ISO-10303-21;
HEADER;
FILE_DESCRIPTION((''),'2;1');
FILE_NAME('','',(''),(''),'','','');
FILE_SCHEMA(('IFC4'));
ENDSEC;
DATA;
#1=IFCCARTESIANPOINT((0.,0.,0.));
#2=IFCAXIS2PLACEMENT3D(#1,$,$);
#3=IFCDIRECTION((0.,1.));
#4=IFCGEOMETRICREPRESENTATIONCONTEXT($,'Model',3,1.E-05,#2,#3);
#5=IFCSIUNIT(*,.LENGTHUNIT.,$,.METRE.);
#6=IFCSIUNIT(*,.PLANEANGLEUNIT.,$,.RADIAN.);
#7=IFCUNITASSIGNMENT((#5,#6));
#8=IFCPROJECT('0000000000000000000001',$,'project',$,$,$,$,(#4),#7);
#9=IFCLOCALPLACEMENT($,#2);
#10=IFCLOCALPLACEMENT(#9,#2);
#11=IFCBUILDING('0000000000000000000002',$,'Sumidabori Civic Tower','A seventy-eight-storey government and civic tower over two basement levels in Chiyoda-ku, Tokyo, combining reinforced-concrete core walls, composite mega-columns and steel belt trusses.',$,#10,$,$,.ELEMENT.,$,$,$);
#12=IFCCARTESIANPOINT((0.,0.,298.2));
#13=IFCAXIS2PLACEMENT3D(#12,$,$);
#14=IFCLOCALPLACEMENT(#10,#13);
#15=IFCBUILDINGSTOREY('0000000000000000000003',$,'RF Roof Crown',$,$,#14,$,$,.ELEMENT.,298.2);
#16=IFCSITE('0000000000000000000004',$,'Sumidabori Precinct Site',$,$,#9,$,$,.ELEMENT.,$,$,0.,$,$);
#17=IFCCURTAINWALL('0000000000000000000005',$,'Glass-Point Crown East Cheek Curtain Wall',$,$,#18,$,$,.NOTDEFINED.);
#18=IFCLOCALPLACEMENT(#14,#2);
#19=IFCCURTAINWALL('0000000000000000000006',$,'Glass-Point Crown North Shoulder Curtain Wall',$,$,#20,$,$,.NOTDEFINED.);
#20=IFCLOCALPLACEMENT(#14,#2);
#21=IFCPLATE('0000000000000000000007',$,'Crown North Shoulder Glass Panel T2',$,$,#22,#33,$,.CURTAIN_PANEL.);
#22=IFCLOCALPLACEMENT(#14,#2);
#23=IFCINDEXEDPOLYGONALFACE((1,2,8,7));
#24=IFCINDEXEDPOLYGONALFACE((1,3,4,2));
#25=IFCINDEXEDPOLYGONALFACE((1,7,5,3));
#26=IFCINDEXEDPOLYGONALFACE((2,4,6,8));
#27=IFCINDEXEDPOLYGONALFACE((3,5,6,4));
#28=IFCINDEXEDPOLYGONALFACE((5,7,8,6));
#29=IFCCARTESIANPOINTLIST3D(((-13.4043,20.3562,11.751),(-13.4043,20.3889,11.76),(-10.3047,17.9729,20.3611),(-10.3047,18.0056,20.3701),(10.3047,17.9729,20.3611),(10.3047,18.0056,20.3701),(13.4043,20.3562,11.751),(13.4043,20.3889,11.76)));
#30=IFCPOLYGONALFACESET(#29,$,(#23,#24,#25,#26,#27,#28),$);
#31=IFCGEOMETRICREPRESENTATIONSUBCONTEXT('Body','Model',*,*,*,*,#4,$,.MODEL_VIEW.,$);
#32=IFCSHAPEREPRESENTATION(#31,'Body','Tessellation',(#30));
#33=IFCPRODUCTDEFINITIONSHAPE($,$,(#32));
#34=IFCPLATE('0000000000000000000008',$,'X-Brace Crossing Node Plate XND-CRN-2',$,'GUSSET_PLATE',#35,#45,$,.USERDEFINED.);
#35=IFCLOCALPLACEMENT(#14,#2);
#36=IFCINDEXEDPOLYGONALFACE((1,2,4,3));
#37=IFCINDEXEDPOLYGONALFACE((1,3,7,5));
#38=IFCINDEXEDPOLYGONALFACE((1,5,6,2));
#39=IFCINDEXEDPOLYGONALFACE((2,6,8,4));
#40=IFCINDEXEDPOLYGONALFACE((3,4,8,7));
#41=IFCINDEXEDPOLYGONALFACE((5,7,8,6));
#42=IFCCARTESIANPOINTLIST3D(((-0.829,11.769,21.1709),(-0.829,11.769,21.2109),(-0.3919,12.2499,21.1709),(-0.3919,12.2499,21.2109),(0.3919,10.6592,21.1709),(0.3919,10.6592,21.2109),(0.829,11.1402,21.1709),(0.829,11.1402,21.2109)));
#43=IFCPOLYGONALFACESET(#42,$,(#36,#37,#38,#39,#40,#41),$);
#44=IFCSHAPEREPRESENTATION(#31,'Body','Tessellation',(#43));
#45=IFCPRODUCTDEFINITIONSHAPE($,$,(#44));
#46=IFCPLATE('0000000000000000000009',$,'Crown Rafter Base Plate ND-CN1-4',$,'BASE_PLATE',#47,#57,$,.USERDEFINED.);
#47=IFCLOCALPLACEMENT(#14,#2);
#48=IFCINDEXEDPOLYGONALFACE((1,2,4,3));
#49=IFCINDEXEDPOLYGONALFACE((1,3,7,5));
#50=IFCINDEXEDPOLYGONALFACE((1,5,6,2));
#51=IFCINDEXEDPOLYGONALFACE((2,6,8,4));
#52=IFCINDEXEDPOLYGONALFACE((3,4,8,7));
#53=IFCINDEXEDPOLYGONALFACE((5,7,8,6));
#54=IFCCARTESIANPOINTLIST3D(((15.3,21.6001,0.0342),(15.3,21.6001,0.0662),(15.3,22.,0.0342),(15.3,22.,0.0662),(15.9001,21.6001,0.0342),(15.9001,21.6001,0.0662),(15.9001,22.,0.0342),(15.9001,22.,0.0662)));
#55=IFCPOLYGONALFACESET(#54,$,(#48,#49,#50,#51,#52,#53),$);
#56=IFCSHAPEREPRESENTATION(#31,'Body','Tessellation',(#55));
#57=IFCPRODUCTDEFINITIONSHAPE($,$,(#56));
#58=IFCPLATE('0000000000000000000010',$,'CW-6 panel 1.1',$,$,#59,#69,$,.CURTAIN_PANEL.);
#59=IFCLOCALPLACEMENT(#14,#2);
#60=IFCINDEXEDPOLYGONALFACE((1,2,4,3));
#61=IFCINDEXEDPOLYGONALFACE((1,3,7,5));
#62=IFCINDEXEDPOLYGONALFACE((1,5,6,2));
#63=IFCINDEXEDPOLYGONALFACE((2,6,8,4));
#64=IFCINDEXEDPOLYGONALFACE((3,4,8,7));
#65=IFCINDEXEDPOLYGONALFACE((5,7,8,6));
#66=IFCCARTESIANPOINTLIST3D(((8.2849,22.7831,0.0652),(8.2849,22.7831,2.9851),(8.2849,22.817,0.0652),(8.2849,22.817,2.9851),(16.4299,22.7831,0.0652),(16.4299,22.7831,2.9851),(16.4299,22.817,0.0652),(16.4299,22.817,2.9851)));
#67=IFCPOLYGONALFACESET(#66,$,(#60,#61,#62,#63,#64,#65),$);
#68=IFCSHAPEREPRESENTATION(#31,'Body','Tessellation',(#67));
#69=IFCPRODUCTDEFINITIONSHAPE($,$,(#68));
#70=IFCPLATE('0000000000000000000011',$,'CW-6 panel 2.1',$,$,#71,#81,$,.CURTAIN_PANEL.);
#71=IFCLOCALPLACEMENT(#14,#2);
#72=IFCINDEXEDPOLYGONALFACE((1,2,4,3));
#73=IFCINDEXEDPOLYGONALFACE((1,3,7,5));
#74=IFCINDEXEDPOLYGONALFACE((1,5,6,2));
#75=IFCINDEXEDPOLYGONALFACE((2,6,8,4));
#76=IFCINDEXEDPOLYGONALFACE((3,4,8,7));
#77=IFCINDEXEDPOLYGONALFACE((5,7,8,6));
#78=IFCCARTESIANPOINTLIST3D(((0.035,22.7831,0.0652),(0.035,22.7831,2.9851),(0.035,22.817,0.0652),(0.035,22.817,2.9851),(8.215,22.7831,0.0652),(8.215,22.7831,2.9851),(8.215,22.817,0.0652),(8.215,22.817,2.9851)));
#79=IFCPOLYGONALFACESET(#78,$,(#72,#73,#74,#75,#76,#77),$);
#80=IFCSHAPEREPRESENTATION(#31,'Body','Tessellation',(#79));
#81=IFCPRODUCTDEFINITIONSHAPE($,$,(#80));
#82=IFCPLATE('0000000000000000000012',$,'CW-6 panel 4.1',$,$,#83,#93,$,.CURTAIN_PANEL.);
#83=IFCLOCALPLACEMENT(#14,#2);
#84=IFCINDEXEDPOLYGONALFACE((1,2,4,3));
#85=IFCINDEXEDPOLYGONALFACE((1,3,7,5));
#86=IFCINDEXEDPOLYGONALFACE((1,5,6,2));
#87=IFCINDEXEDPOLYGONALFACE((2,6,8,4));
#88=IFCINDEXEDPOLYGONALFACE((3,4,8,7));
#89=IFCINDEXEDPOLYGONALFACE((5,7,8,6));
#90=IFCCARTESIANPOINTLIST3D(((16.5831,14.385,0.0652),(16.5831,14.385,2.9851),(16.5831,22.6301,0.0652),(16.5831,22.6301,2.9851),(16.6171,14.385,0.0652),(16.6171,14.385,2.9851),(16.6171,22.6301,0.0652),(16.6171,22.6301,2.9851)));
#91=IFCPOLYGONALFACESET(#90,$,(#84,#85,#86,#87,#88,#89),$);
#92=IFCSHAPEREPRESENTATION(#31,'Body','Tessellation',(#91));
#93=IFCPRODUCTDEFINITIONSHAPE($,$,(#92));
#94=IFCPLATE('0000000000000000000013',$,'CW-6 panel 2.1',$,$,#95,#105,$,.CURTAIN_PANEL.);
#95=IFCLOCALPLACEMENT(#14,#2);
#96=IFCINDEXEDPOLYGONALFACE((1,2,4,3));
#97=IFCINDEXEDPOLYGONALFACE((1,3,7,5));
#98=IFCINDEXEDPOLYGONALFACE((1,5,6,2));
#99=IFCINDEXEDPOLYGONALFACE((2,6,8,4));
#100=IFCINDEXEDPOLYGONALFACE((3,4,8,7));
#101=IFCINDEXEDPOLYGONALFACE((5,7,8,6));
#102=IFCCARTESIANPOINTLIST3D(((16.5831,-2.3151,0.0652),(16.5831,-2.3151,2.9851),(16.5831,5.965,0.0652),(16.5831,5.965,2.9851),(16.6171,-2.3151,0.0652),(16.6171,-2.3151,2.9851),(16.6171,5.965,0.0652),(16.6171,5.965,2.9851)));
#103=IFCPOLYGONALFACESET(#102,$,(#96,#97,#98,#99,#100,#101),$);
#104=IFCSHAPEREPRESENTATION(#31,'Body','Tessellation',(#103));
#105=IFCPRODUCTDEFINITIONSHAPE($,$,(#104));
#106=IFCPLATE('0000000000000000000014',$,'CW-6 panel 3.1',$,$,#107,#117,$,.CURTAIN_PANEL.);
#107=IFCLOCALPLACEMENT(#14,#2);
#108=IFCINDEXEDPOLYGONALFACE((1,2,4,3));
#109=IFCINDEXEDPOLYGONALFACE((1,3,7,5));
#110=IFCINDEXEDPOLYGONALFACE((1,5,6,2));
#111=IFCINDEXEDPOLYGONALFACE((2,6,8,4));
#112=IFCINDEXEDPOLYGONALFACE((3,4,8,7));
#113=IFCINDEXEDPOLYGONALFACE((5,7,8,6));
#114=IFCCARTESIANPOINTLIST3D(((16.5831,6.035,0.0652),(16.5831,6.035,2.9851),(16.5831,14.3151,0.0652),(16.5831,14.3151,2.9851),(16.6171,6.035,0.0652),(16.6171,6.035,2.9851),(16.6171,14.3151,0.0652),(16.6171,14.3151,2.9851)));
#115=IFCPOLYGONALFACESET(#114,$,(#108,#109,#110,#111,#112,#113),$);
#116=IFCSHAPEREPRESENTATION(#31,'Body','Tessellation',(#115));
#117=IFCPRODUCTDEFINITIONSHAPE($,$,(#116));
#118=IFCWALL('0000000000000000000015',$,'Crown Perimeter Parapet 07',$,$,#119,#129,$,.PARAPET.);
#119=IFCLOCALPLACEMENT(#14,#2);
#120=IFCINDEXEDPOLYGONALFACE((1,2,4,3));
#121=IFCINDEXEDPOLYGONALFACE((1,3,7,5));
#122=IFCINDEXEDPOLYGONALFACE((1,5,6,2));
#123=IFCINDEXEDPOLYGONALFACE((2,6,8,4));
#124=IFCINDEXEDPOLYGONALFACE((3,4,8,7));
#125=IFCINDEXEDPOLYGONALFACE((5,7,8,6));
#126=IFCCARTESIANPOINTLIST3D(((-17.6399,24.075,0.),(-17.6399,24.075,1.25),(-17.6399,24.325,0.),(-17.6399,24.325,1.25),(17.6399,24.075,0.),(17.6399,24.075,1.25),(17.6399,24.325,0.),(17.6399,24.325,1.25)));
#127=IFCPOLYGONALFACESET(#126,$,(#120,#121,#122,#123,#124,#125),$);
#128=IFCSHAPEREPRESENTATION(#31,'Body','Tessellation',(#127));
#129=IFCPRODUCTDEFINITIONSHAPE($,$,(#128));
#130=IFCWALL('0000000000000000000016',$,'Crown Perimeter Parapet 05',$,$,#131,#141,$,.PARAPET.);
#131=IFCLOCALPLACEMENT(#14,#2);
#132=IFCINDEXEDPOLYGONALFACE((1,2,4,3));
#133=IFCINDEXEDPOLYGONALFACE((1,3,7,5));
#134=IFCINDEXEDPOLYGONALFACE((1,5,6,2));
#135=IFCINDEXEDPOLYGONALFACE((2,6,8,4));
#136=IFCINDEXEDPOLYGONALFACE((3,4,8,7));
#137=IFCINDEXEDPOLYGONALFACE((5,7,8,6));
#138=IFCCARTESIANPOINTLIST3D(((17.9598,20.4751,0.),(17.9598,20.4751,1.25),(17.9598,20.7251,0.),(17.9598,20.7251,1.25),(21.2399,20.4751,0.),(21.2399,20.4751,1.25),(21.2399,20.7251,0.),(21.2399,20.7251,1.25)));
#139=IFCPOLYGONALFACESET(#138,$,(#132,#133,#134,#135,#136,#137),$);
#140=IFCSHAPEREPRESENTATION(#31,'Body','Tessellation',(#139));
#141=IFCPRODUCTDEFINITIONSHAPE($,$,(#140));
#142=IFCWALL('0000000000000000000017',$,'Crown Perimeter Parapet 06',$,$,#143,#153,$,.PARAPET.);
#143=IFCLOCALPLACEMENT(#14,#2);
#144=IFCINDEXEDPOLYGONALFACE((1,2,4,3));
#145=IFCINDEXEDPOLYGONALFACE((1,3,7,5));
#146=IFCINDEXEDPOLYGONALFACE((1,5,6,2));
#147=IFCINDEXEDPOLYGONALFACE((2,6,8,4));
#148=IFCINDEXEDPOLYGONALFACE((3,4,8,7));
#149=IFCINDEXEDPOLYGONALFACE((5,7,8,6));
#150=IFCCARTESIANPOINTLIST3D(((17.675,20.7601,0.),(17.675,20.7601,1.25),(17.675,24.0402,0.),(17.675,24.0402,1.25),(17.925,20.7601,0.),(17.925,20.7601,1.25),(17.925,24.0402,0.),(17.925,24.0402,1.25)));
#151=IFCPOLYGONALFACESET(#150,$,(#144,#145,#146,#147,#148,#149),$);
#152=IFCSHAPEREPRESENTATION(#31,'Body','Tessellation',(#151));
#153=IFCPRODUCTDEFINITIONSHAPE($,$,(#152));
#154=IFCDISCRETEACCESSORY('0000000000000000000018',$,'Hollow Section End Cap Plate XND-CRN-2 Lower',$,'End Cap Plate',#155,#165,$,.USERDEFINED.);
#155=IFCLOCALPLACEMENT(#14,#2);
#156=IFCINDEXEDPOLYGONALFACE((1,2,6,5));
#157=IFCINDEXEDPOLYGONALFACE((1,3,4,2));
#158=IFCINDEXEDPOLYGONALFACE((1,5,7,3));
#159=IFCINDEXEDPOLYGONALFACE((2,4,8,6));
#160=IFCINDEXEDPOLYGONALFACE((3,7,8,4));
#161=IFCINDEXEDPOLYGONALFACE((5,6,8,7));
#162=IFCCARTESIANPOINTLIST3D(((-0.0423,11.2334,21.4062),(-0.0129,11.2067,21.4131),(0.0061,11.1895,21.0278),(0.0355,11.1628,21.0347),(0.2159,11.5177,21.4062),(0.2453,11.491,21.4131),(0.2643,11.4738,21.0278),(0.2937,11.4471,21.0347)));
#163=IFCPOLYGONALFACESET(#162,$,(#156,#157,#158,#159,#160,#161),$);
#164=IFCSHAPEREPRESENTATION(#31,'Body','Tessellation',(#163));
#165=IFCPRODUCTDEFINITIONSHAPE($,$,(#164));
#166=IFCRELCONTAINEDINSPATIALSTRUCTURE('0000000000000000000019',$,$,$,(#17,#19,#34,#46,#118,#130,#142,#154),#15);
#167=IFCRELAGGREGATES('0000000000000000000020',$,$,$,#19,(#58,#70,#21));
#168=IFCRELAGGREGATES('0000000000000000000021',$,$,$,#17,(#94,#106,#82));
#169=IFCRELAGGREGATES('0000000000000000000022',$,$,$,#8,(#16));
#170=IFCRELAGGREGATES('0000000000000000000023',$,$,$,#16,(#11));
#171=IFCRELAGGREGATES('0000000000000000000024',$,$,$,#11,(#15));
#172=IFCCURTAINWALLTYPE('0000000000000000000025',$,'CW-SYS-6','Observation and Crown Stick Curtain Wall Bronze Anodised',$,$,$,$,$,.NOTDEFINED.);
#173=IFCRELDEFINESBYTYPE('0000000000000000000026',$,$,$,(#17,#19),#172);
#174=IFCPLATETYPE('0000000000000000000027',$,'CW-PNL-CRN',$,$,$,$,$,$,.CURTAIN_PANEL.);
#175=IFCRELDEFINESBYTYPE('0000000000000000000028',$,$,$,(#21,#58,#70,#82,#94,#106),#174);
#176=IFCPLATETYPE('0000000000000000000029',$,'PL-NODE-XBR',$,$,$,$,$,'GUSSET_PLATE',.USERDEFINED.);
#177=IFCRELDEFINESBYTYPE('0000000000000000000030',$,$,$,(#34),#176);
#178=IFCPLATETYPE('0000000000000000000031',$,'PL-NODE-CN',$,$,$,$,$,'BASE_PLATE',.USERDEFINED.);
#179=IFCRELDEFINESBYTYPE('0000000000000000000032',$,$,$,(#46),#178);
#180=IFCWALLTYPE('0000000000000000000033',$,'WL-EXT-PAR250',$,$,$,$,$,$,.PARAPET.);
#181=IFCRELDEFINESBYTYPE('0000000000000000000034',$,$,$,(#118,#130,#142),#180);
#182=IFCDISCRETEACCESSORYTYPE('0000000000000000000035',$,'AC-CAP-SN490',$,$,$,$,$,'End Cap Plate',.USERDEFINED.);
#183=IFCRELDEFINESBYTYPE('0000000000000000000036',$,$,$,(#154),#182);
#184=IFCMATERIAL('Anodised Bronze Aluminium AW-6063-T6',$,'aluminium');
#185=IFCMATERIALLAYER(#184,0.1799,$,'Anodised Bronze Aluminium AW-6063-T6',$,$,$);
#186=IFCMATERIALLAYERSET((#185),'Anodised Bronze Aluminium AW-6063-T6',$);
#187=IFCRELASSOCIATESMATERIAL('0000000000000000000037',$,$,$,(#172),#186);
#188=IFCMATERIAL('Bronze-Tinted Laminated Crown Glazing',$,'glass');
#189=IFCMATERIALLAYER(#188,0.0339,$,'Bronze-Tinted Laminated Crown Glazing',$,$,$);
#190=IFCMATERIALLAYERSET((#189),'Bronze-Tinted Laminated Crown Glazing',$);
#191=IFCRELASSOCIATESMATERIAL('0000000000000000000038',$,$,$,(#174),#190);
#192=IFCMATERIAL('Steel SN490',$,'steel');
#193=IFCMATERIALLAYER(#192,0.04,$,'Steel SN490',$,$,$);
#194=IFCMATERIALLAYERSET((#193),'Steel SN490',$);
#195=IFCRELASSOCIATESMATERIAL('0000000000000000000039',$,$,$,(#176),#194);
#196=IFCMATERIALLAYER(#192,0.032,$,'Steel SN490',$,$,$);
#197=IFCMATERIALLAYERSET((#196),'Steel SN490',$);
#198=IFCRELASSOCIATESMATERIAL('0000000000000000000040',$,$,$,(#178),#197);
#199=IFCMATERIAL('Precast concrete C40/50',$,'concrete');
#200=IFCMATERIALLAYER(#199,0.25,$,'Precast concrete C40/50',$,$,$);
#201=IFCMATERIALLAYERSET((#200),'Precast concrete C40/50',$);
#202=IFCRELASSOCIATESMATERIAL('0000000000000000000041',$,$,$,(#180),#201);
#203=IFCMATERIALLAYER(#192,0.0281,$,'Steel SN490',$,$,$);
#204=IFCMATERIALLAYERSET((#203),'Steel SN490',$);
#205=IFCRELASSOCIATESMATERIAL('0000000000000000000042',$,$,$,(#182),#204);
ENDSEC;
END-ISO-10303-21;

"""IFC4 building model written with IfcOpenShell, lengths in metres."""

from ifc_helpers import new_model, si_unit, direction, frame, frame_2d, origin, origin_2d, place, context, subcontext, project, spatial, polyline, rectangle, outline, extrude, source, transform, mapped, material, layer, layer_set, type_object, element, aggregate, save


model = new_model("IFC4")

# Units and contexts
model_context = context("Model", 3, precision=1e-05, world=origin(), true_north=direction((0.0, 1.0)))
body_context = subcontext(model_context, "Body", "Model", "MODEL_VIEW")
ifc_project = project(units=[si_unit("LENGTHUNIT", "METRE"), si_unit("PLANEANGLEUNIT", "RADIAN")], contexts=[model_context])

# Site, building, storey
site_placement = place(None, origin())
site = spatial("IfcSite", under=ifc_project, at=site_placement, Name="Sumidabori Precinct Site", CompositionType="ELEMENT", RefElevation=0.0)
building_placement = place(site_placement, origin())
building = spatial("IfcBuilding", under=site, at=building_placement, Name="Sumidabori Civic Tower", Description="A seventy-eight-storey government and civic tower over two basement levels in Chiyoda-ku, Tokyo, combining reinforced-concrete core walls, composite mega-columns and steel belt trusses.", CompositionType="ELEMENT")
storey_placement = place(building_placement, frame((0.0, 0.0, 298.2)))
storey = spatial("IfcBuildingStorey", under=building, at=storey_placement, Name="RF Roof Crown", CompositionType="ELEMENT", Elevation=298.2)

# Shared definitions
ifc_material_1 = material(Name="Steel SN490", Category="steel")

# Curtain walls
ifc_material_2 = material(Name="Anodised Bronze Aluminium AW-6063-T6", Category="aluminium")
ifc_layer_1 = layer(ifc_material_2, 0.1799, Name="Anodised Bronze Aluminium AW-6063-T6")
ifc_layer_set_1 = layer_set([ifc_layer_1], Name="Anodised Bronze Aluminium AW-6063-T6")
curtain_wall_type = type_object("IfcCurtainWallType", Name="CW-SYS-6", Description="Observation and Crown Stick Curtain Wall Bronze Anodised", PredefinedType="NOTDEFINED", material=ifc_layer_set_1)
curtain_wall_1_placement = place(storey_placement, origin())
curtain_wall_1 = element("IfcCurtainWall", 1, at=curtain_wall_1_placement, inside=storey, type_object=curtain_wall_type, Name="Glass-Point Crown East Cheek Curtain Wall", PredefinedType="NOTDEFINED")
curtain_wall_2_placement = place(storey_placement, origin())
curtain_wall_2 = element("IfcCurtainWall", 2, at=curtain_wall_2_placement, inside=storey, type_object=curtain_wall_type, Name="Glass-Point Crown North Shoulder Curtain Wall", PredefinedType="NOTDEFINED")

# Plate
ifc_material_3 = material(Name="Bronze-Tinted Laminated Crown Glazing", Category="glass")
ifc_layer_2 = layer(ifc_material_3, 0.0339, Name="Bronze-Tinted Laminated Crown Glazing")
ifc_layer_set_2 = layer_set([ifc_layer_2], Name="Bronze-Tinted Laminated Crown Glazing")
plate_type_1 = type_object("IfcPlateType", Name="CW-PNL-CRN", PredefinedType="CURTAIN_PANEL", material=ifc_layer_set_2)
plate_1_placement = place(storey_placement, frame((13.4043, 20.3889, 11.76), z_axis=(0.0, 0.96376, 0.266771), x_axis=(-1.0, 0.0, 0.0)))
plate_1 = element("IfcPlate", 3, at=plate_1_placement, type_object=plate_type_1, Name="Crown North Shoulder Glass Panel T2", PredefinedType="CURTAIN_PANEL", context=body_context, shape_type="SweptSolid", body=[
    extrude(outline(polyline([(0.0, 0.0), (26.8086, 0.0), (23.709, 8.9339), (3.0996, 8.9339), (0.0, 0.0)])), origin(), (0.0, 0.0, -1.0), 0.0339),
])

# Plates
ifc_layer_3 = layer(ifc_material_1, 0.04, Name="Steel SN490")
ifc_layer_set_3 = layer_set([ifc_layer_3], Name="Steel SN490")
plate_type_2 = type_object("IfcPlateType", Name="PL-NODE-XBR", ElementType="GUSSET_PLATE", PredefinedType="USERDEFINED", material=ifc_layer_set_3)
shared_shape_1 = source(origin(), body_context, "Body", "SweptSolid", [
    extrude(rectangle(XDim=1.6499, YDim=0.6499, at=origin_2d()), origin(), (0.0, 0.0, 1.0), 0.04),
])
plate_2_placement = place(storey_placement, frame((0.0, 11.4546, 21.1709), z_axis=(0.0, 0.0, 1.0), x_axis=(-0.739983, 0.672625, 0.0)))
element("IfcPlate", 4, at=plate_2_placement, inside=storey, type_object=plate_type_2, Name="X-Brace Crossing Node Plate XND-CRN-2", ObjectType="GUSSET_PLATE", PredefinedType="USERDEFINED", context=body_context, shape_type="MappedRepresentation", body=[
    mapped(shared_shape_1, transform((0.0, 0.0, 0.0), x_axis=(1.0, 0.0, 0.0), y_axis=(0.0, 1.0, 0.0), z_axis=(0.0, 0.0, 1.0), scale=1.0)),
])
ifc_layer_4 = layer(ifc_material_1, 0.032, Name="Steel SN490")
ifc_layer_set_4 = layer_set([ifc_layer_4], Name="Steel SN490")
plate_type_3 = type_object("IfcPlateType", Name="PL-NODE-CN", ElementType="BASE_PLATE", PredefinedType="USERDEFINED", material=ifc_layer_set_4)
shared_shape_2 = source(origin(), body_context, "Body", "SweptSolid", [
    extrude(rectangle(XDim=0.6001, YDim=0.3999, at=origin_2d()), origin(), (0.0, 0.0, 1.0), 0.032),
])
plate_3_placement = place(storey_placement, frame((15.6001, 21.8, 0.0342), z_axis=(0.0, 0.0, 1.0), x_axis=(1.0, 0.0, 0.0)))
element("IfcPlate", 5, at=plate_3_placement, inside=storey, type_object=plate_type_3, Name="Crown Rafter Base Plate ND-CN1-4", ObjectType="BASE_PLATE", PredefinedType="USERDEFINED", context=body_context, shape_type="MappedRepresentation", body=[
    mapped(shared_shape_2, transform((0.0, 0.0, 0.0), x_axis=(1.0, 0.0, 0.0), y_axis=(0.0, 1.0, 0.0), z_axis=(0.0, 0.0, 1.0), scale=1.0)),
])

# Plates
shared_shape_3 = source(origin(), body_context, "Body", "SweptSolid", [
    extrude(rectangle(XDim=8.145, YDim=0.0339, at=origin_2d()), origin(), (0.0, 0.0, 1.0), 2.9199),
])
plate_4_placement = place(storey_placement, frame((12.3574, 22.8, 0.0652), z_axis=(0.0, 0.0, 1.0), x_axis=(-1.0, 0.0, 0.0)))
plate_4 = element("IfcPlate", 6, at=plate_4_placement, type_object=plate_type_1, Name="CW-6 panel 1.1", PredefinedType="CURTAIN_PANEL", context=body_context, shape_type="MappedRepresentation", body=[
    mapped(shared_shape_3, transform((0.0, 0.0, 0.0), x_axis=(1.0, 0.0, 0.0), y_axis=(0.0, 1.0, 0.0), z_axis=(0.0, 0.0, 1.0), scale=1.0)),
])
shared_shape_4 = source(origin(), body_context, "Body", "SweptSolid", [
    extrude(rectangle(XDim=8.1799, YDim=0.0339, at=origin_2d()), origin(), (0.0, 0.0, 1.0), 2.9199),
])
plate_5_placement = place(storey_placement, frame((4.125, 22.8, 0.0652), z_axis=(0.0, 0.0, 1.0), x_axis=(-1.0, 0.0, 0.0)))
plate_5 = element("IfcPlate", 7, at=plate_5_placement, type_object=plate_type_1, Name="CW-6 panel 2.1", PredefinedType="CURTAIN_PANEL", context=body_context, shape_type="MappedRepresentation", body=[
    mapped(shared_shape_4, transform((0.0, 0.0, 0.0), x_axis=(1.0, 0.0, 0.0), y_axis=(0.0, 1.0, 0.0), z_axis=(0.0, 0.0, 1.0), scale=1.0)),
])
aggregate(curtain_wall_2, [plate_4, plate_5, plate_1])
shared_shape_5 = source(origin(), body_context, "Body", "SweptSolid", [
    extrude(rectangle(XDim=8.2451, YDim=0.0339, at=origin_2d()), origin(), (0.0, 0.0, 1.0), 2.9199),
])
plate_6_placement = place(storey_placement, frame((16.6001, 18.5076, 0.0652), z_axis=(0.0, 0.0, 1.0), x_axis=(0.0, 1.0, 0.0)))
plate_6 = element("IfcPlate", 8, at=plate_6_placement, type_object=plate_type_1, Name="CW-6 panel 4.1", PredefinedType="CURTAIN_PANEL", context=body_context, shape_type="MappedRepresentation", body=[
    mapped(shared_shape_5, transform((0.0, 0.0, 0.0), x_axis=(1.0, 0.0, 0.0), y_axis=(0.0, 1.0, 0.0), z_axis=(0.0, 0.0, 1.0), scale=1.0)),
])
shared_shape_6 = source(origin(), body_context, "Body", "SweptSolid", [
    extrude(rectangle(XDim=8.28, YDim=0.0339, at=origin_2d()), origin(), (0.0, 0.0, 1.0), 2.9199),
])
plate_7_placement = place(storey_placement, frame((16.6001, 1.825, 0.0652), z_axis=(0.0, 0.0, 1.0), x_axis=(0.0, 1.0, 0.0)))
plate_7 = element("IfcPlate", 9, at=plate_7_placement, type_object=plate_type_1, Name="CW-6 panel 2.1", PredefinedType="CURTAIN_PANEL", context=body_context, shape_type="MappedRepresentation", body=[
    mapped(shared_shape_6, transform((0.0, 0.0, 0.0), x_axis=(1.0, 0.0, 0.0), y_axis=(0.0, 1.0, 0.0), z_axis=(0.0, 0.0, 1.0), scale=1.0)),
])
plate_8_placement = place(storey_placement, frame((16.6001, 10.175, 0.0652), z_axis=(0.0, 0.0, 1.0), x_axis=(0.0, 1.0, 0.0)))
plate_8 = element("IfcPlate", 10, at=plate_8_placement, type_object=plate_type_1, Name="CW-6 panel 3.1", PredefinedType="CURTAIN_PANEL", context=body_context, shape_type="MappedRepresentation", body=[
    mapped(shared_shape_6, transform((0.0, 0.0, 0.0), x_axis=(1.0, 0.0, 0.0), y_axis=(0.0, 1.0, 0.0), z_axis=(0.0, 0.0, 1.0), scale=1.0)),
])
aggregate(curtain_wall_1, [plate_7, plate_8, plate_6])

# Walls
ifc_material_4 = material(Name="Precast concrete C40/50", Category="concrete")
ifc_layer_5 = layer(ifc_material_4, 0.25, Name="Precast concrete C40/50")
ifc_layer_set_5 = layer_set([ifc_layer_5], Name="Precast concrete C40/50")
wall_type = type_object("IfcWallType", Name="WL-EXT-PAR250", PredefinedType="PARAPET", material=ifc_layer_set_5)
shared_shape_7 = source(origin(), body_context, "Body", "SweptSolid", [
    extrude(rectangle(XDim=35.2798, YDim=0.25, at=frame_2d((17.6399, 0.0))), origin(), (0.0, 0.0, 1.0), 1.25),
])
wall_placement = place(storey_placement, frame((17.6399, 24.2, 0.0), z_axis=(0.0, 0.0, 1.0), x_axis=(-1.0, 0.0, 0.0)))
element("IfcWall", 11, at=wall_placement, inside=storey, type_object=wall_type, Name="Crown Perimeter Parapet 07", PredefinedType="PARAPET", context=body_context, shape_type="MappedRepresentation", body=[
    mapped(shared_shape_7, transform((0.0, 0.0, 0.0), x_axis=(1.0, 0.0, 0.0), y_axis=(0.0, 1.0, 0.0), z_axis=(0.0, 0.0, 1.0), scale=1.0)),
])
shared_shape_8 = source(origin(), body_context, "Body", "SweptSolid", [
    extrude(rectangle(XDim=3.28, YDim=0.25, at=frame_2d((1.6401, 0.0))), origin(), (0.0, 0.0, 1.0), 1.25),
])
for number, where, z_axis, x_axis, name in (
    (12, (21.24, 20.6001, 0.0), (0.0, 0.0, 1.0), (-1.0, 0.0, 0.0), "Crown Perimeter Parapet 05"),
    (13, (17.8, 20.76, 0.0), (0.0, 0.0, 1.0), (0.0, 1.0, 0.0), "Crown Perimeter Parapet 06"),
):
    element("IfcWall", number, at=place(storey_placement, frame(where, z_axis=z_axis, x_axis=x_axis)), inside=storey, type_object=wall_type, Name=name, PredefinedType="PARAPET", context=body_context, shape_type="MappedRepresentation", body=[
        mapped(shared_shape_8, transform((0.0, 0.0, 0.0), x_axis=(1.0, 0.0, 0.0), y_axis=(0.0, 1.0, 0.0), z_axis=(0.0, 0.0, 1.0), scale=1.0)),
    ])

# Discrete accessory
ifc_layer_6 = layer(ifc_material_1, 0.0281, Name="Steel SN490")
ifc_layer_set_6 = layer_set([ifc_layer_6], Name="Steel SN490")
discrete_accessory_type_1 = type_object("IfcDiscreteAccessoryType", Name="AC-CAP-SN490", ElementType="End Cap Plate", PredefinedType="USERDEFINED", material=ifc_layer_set_6)
shared_shape_9 = source(origin(), body_context, "Body", "SweptSolid", [
    extrude(rectangle(XDim=0.384, YDim=0.384, at=origin_2d()), origin(), (0.0, 0.0, 1.0), 0.0403),
])
discrete_accessory_1_placement = place(storey_placement, frame((0.1404, 11.3269, 21.2239), z_axis=(-0.729419, 0.662556, -0.170198), x_axis=(-0.672366, -0.740219, 0.0)))
element("IfcDiscreteAccessory", 14, at=discrete_accessory_1_placement, inside=storey, type_object=discrete_accessory_type_1, Name="Hollow Section End Cap Plate XND-CRN-2 Lower", ObjectType="End Cap Plate", PredefinedType="USERDEFINED", context=body_context, shape_type="MappedRepresentation", body=[
    mapped(shared_shape_9, transform((0.0, 0.0, 0.0), x_axis=(1.0, 0.0, 0.0), y_axis=(0.0, 1.0, 0.0), z_axis=(0.0, 0.0, 1.0), scale=1.0)),
])

save(model, "model.ifc")
